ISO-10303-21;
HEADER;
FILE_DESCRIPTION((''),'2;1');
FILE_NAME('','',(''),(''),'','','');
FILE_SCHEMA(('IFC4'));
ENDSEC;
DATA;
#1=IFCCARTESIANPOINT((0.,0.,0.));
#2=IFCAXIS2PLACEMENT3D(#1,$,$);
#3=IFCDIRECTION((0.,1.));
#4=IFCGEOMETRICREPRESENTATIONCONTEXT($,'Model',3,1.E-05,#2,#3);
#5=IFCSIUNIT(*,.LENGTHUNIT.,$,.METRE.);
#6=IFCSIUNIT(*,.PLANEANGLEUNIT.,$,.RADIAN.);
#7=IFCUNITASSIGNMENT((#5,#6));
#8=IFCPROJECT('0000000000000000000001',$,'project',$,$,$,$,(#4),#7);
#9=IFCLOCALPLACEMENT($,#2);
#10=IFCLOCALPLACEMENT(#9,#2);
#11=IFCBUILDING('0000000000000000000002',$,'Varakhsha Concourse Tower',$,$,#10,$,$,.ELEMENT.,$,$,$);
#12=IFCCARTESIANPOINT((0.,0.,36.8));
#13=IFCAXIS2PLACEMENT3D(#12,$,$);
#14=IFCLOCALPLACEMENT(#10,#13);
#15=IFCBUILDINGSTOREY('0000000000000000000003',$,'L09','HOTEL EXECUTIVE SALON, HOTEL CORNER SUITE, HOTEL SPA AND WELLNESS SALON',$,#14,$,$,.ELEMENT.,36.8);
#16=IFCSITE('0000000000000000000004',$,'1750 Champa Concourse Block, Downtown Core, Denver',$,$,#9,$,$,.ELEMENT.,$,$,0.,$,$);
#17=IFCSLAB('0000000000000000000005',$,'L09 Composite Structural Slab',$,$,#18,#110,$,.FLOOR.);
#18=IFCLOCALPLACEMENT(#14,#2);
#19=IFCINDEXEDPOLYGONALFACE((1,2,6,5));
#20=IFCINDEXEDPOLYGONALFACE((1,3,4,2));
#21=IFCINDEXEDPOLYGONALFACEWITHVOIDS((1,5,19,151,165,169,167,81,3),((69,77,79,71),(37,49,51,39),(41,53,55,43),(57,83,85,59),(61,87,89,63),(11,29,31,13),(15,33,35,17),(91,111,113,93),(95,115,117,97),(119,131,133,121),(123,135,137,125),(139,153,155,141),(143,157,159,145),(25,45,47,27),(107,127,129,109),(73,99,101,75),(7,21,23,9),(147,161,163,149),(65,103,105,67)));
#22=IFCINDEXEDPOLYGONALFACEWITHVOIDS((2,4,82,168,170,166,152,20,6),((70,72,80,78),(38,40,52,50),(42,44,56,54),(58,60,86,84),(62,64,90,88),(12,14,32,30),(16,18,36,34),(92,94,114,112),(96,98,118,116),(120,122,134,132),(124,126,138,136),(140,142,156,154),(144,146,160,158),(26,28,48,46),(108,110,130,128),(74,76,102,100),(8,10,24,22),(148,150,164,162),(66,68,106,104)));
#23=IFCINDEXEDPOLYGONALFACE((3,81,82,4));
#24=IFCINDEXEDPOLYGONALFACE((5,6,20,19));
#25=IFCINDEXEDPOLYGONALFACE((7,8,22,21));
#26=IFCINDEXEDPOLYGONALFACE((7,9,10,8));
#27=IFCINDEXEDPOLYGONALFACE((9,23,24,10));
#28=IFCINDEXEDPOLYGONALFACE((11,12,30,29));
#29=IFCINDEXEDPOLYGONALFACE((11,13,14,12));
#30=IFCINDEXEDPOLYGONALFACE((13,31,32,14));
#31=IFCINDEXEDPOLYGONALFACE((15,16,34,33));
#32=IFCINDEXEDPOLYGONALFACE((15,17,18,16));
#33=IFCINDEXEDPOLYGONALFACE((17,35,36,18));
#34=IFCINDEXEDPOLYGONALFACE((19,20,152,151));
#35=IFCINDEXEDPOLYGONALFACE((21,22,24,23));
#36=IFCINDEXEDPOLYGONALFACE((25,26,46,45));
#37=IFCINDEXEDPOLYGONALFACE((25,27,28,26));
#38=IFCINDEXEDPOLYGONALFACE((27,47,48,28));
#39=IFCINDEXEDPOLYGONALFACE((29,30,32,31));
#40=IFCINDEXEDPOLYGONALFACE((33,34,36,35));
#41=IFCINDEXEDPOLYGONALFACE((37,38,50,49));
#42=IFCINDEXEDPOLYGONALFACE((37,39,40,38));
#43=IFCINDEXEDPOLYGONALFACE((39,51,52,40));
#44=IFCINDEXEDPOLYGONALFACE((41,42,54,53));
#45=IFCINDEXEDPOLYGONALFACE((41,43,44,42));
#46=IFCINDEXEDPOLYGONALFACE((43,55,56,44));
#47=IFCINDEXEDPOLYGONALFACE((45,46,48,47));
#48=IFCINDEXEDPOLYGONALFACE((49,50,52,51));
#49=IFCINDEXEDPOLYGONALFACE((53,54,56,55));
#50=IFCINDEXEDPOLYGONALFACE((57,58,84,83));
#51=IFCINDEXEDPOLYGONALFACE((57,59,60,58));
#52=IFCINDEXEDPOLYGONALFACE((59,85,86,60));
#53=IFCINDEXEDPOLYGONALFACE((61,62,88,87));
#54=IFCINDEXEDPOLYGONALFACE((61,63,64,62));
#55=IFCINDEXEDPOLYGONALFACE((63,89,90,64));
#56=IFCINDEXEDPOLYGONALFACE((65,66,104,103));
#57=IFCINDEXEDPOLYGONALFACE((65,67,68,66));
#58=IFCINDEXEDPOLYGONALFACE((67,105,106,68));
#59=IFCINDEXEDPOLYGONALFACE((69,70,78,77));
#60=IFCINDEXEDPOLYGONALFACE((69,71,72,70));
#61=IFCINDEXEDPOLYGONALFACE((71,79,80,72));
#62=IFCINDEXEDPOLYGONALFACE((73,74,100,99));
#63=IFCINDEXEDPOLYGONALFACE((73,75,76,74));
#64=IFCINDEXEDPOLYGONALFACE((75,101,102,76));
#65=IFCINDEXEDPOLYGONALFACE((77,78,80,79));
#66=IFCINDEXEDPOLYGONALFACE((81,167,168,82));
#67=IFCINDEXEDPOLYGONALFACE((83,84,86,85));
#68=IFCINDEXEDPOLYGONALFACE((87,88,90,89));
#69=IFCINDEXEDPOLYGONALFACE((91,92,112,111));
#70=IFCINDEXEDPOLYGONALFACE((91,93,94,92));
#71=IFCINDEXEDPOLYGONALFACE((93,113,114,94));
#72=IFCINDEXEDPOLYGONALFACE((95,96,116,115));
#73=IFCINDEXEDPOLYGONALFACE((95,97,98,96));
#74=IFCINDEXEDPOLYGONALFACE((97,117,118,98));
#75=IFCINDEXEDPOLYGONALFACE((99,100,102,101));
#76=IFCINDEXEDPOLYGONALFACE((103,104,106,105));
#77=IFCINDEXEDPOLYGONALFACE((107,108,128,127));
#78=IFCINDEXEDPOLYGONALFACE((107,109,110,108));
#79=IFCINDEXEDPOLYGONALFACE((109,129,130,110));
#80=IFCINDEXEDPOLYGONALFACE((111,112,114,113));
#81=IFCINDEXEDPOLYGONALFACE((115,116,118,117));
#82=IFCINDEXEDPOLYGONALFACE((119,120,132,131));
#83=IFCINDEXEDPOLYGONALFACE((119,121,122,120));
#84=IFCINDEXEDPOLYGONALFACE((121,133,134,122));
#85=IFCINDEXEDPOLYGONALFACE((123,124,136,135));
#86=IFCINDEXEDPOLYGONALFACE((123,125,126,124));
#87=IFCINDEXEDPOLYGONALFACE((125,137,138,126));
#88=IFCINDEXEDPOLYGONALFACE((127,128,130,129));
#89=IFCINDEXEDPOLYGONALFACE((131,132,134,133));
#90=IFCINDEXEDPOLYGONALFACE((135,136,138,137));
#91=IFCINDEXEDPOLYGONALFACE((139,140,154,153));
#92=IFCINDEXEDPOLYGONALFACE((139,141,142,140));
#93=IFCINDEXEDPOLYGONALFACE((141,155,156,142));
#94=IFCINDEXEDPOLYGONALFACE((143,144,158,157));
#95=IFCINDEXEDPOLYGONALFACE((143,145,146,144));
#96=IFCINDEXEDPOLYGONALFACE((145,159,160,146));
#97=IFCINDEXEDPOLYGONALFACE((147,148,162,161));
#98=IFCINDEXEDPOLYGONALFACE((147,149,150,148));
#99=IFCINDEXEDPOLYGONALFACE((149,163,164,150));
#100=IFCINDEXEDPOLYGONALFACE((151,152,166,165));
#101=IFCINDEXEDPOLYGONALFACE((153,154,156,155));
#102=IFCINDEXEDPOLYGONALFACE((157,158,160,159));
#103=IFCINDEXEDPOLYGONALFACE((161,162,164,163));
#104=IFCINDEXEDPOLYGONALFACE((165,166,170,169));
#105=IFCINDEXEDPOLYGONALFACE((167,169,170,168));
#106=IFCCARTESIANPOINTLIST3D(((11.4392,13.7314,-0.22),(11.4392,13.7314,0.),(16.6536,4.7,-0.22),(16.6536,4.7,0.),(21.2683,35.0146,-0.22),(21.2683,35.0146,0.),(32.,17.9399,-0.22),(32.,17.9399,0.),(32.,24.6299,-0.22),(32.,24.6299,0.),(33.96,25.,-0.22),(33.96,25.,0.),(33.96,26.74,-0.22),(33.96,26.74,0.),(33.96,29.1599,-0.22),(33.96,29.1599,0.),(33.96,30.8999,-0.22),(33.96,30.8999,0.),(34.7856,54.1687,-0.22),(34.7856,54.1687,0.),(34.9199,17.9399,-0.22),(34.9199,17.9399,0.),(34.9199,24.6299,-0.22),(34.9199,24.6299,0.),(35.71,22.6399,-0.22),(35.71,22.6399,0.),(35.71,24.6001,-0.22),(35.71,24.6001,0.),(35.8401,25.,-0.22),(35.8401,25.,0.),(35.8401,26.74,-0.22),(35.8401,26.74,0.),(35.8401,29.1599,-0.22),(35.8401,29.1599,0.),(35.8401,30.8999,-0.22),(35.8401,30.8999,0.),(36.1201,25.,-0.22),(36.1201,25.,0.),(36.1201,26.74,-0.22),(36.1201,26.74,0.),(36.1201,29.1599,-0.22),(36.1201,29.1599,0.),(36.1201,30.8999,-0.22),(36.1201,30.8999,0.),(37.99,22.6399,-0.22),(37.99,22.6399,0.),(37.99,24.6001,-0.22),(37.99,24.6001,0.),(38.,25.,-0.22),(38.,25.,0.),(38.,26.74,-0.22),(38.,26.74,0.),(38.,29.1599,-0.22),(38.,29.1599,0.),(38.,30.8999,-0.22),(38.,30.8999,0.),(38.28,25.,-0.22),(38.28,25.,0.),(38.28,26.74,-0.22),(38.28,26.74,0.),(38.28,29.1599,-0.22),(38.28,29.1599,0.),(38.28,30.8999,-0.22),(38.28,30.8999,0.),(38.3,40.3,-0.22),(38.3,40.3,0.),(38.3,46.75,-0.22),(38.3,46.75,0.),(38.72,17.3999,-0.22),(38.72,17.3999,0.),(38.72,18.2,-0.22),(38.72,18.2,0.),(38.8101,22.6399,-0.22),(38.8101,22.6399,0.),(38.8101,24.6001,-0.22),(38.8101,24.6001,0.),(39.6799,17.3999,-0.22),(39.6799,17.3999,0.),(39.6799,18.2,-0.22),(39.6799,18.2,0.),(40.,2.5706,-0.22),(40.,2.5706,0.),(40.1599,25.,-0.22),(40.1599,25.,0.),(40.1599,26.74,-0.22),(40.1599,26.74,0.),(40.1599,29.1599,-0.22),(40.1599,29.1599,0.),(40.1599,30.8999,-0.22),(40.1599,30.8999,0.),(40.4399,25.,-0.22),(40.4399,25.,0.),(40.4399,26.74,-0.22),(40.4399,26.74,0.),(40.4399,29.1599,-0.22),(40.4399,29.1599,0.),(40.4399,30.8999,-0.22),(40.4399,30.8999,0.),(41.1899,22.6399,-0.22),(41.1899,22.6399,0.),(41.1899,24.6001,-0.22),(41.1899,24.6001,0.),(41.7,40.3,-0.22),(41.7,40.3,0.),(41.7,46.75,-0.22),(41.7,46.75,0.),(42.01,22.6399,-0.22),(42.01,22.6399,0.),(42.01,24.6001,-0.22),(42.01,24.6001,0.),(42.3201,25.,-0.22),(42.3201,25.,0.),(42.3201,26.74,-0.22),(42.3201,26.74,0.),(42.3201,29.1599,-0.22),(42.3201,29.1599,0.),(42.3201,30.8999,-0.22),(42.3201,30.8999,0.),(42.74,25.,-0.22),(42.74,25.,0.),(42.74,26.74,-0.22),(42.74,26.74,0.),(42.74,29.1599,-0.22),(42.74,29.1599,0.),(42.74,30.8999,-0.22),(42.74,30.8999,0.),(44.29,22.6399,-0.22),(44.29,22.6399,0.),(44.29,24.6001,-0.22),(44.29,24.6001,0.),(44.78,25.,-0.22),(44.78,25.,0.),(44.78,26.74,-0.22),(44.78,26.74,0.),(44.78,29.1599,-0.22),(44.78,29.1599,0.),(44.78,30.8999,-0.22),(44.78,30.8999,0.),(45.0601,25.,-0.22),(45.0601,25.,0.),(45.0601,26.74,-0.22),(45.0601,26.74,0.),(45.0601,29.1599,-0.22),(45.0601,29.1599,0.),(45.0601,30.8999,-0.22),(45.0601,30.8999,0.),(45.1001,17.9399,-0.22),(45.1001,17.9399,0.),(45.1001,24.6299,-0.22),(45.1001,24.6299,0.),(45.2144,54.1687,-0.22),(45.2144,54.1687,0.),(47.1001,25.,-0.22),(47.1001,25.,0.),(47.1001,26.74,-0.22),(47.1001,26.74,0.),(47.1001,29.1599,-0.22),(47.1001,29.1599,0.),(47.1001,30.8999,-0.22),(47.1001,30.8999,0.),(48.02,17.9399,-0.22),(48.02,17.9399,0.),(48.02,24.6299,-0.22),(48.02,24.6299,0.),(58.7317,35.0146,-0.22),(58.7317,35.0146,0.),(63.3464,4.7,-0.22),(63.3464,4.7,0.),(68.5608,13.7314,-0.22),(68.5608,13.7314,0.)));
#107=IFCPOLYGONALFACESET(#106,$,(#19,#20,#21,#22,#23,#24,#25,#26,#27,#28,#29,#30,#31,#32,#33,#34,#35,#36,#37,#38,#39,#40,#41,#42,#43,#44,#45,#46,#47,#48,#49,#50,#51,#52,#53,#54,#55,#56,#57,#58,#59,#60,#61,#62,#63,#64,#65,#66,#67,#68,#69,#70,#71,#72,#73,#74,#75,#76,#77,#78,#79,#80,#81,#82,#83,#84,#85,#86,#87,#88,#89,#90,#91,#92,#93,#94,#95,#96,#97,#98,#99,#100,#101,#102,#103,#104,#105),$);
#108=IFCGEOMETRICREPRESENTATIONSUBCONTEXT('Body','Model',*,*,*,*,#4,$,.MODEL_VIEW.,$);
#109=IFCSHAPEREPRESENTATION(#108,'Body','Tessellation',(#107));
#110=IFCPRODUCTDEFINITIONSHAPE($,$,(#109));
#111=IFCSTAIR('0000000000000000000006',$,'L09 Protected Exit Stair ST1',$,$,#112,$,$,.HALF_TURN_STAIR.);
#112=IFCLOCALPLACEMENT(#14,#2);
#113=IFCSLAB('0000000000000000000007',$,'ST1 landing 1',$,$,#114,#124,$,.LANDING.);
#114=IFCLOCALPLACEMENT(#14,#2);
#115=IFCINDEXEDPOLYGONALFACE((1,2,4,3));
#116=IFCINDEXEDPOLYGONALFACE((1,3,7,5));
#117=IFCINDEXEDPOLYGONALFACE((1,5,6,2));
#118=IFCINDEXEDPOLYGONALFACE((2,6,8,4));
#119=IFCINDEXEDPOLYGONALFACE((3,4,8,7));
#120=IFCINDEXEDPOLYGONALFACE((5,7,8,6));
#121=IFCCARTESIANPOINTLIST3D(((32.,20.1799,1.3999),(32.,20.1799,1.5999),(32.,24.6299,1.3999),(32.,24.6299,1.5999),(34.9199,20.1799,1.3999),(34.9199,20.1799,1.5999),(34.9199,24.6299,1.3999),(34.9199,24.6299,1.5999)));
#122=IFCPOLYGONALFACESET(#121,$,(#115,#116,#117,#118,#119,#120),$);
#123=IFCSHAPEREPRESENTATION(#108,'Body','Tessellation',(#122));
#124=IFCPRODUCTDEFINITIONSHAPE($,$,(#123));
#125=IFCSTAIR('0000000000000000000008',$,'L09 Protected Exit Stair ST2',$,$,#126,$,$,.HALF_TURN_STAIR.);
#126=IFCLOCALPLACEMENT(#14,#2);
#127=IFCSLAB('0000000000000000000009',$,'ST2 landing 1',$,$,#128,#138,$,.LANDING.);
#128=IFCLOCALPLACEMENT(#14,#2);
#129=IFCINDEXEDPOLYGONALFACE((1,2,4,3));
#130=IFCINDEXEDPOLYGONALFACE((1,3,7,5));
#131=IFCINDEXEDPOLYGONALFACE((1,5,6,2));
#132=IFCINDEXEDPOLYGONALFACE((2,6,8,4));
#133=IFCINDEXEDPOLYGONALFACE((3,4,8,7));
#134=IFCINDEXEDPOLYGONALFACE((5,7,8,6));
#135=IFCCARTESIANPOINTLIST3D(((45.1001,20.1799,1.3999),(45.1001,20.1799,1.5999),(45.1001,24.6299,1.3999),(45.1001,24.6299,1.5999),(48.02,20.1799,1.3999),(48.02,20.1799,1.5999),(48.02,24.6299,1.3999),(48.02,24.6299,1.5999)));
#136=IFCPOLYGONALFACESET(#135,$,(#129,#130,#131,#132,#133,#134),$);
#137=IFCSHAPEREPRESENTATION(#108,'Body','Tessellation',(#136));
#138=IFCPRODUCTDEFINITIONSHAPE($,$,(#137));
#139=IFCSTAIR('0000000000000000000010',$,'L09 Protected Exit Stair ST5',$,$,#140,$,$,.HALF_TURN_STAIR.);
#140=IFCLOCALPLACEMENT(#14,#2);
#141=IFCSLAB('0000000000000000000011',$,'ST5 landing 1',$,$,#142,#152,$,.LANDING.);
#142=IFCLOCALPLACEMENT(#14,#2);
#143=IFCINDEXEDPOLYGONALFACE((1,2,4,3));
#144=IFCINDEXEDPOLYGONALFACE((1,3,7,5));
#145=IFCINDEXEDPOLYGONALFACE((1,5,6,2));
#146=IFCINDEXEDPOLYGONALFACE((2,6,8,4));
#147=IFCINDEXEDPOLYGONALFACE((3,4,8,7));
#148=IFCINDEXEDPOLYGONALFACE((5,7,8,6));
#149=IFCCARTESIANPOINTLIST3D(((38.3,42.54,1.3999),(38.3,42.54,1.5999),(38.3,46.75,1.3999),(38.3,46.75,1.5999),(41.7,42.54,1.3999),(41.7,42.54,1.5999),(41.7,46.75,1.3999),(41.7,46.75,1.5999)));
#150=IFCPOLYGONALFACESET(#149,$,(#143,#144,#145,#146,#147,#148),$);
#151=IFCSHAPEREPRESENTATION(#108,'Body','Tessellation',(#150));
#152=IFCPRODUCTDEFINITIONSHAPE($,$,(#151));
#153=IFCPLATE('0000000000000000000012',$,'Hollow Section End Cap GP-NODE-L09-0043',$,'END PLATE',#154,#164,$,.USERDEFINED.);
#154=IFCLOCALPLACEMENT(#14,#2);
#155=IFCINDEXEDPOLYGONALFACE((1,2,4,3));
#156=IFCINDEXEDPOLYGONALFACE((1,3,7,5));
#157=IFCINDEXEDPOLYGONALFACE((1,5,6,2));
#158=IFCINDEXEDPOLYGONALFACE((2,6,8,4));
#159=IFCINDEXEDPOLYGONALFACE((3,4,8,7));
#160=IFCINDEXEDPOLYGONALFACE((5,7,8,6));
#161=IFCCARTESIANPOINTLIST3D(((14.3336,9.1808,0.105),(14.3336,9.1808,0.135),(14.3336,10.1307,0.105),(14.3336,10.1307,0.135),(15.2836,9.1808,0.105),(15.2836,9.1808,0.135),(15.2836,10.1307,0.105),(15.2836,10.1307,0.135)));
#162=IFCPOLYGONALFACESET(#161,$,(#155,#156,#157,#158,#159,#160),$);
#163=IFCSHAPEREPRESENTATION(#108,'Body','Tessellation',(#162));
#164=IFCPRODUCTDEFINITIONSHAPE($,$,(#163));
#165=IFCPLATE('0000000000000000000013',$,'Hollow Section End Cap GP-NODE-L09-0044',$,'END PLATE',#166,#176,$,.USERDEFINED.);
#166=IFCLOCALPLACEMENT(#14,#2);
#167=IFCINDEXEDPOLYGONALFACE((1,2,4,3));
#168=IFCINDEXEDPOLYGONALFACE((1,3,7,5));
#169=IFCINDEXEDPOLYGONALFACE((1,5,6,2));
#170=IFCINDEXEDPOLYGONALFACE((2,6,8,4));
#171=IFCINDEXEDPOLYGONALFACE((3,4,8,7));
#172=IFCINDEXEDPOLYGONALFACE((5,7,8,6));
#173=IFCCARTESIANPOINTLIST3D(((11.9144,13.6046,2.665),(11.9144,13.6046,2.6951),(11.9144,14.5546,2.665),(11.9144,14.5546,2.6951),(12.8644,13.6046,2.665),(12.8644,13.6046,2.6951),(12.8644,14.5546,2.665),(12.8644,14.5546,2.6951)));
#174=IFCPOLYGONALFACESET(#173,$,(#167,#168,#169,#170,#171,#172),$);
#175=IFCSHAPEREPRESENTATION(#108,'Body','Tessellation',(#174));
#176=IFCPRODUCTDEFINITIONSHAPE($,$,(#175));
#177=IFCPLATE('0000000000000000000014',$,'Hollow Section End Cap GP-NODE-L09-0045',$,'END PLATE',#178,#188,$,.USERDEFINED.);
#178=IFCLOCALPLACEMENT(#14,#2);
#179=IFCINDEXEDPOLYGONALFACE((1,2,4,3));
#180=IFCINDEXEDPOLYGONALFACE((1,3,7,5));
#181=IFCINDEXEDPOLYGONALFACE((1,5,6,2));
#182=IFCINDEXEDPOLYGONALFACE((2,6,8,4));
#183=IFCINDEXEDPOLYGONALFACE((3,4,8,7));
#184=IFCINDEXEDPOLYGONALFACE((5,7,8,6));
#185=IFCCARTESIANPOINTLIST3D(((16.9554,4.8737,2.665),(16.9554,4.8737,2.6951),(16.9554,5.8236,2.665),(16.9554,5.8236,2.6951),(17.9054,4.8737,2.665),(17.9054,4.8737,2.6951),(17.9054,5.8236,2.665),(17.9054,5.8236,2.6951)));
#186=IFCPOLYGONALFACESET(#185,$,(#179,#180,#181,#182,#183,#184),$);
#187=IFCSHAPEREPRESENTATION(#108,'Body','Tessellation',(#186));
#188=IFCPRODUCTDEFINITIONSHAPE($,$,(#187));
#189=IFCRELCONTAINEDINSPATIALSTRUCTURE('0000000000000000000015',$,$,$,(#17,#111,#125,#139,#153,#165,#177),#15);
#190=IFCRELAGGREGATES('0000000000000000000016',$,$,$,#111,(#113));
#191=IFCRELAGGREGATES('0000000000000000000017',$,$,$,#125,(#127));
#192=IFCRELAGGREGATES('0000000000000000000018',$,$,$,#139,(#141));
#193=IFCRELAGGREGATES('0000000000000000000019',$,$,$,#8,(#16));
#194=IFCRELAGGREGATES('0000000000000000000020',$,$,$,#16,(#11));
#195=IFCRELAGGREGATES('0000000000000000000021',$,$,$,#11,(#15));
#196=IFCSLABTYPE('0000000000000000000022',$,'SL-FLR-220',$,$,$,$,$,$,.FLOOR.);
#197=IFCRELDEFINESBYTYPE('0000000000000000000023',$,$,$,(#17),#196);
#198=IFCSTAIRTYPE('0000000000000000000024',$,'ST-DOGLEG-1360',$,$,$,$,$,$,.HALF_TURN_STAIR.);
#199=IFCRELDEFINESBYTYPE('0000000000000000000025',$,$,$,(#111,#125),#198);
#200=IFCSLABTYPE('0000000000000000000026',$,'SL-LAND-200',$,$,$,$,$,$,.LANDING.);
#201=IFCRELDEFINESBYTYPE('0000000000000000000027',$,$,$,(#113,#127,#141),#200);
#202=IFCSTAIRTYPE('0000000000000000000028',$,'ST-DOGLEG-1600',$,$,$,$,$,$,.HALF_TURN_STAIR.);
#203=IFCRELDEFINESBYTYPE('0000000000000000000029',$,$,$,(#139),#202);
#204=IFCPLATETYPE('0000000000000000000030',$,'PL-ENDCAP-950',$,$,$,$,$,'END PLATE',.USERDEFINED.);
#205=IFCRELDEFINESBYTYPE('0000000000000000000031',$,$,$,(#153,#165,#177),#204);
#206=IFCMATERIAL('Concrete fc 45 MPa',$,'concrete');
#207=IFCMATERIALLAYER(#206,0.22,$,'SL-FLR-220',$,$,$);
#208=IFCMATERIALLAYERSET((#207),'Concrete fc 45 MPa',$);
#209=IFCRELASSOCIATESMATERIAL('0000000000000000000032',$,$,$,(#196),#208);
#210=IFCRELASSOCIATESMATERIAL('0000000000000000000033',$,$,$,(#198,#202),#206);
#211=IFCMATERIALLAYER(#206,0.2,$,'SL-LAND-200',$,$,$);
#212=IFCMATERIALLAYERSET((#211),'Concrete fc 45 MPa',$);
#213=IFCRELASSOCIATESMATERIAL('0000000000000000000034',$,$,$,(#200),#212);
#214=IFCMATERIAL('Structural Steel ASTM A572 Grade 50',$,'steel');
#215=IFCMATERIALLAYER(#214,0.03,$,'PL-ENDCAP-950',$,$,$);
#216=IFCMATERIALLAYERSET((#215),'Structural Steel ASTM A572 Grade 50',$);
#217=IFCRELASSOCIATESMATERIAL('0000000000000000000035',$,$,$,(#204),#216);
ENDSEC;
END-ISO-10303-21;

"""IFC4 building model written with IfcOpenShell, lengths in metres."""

from ifc_helpers import new_model, si_unit, direction, frame, origin, origin_2d, place, context, subcontext, project, spatial, polyline, rectangle, outline, extrude, source, transform, mapped, material, layer, layer_set, type_object, type_shapes, element, aggregate, save


model = new_model("IFC4")

# Units and contexts
model_context = context("Model", 3, precision=1e-05, world=origin(), true_north=direction((0.0, 1.0)))
body_context = subcontext(model_context, "Body", "Model", "MODEL_VIEW")
ifc_project = project(units=[si_unit("LENGTHUNIT", "METRE"), si_unit("PLANEANGLEUNIT", "RADIAN")], contexts=[model_context])

# Site, building, storey
site_placement = place(None, origin())
site = spatial("IfcSite", under=ifc_project, at=site_placement, Name="1750 Champa Concourse Block, Downtown Core, Denver", CompositionType="ELEMENT", RefElevation=0.0)
building_placement = place(site_placement, origin())
building = spatial("IfcBuilding", under=site, at=building_placement, Name="Varakhsha Concourse Tower", CompositionType="ELEMENT")
storey_placement = place(building_placement, frame((0.0, 0.0, 36.8)))
storey = spatial("IfcBuildingStorey", under=building, at=storey_placement, Name="L09", Description="HOTEL EXECUTIVE SALON, HOTEL CORNER SUITE, HOTEL SPA AND WELLNESS SALON", CompositionType="ELEMENT", Elevation=36.8)

# Shared definitions
ifc_material_1 = material(Name="Structural Steel ASTM A572 Grade 50", Category="steel")

# Slab
ifc_material_2 = material(Name="Concrete fc 45 MPa", Category="concrete")
ifc_layer_1 = layer(ifc_material_2, 0.22, Name="SL-FLR-220")
ifc_layer_set_1 = layer_set([ifc_layer_1], Name="Concrete fc 45 MPa")
slab_type_1 = type_object("IfcSlabType", Name="SL-FLR-220", PredefinedType="FLOOR", material=ifc_layer_set_1)
slab_1_placement = place(storey_placement, frame((0.0, 0.0, -0.22)))
element("IfcSlab", 1, at=slab_1_placement, inside=storey, type_object=slab_type_1, Name="L09 Composite Structural Slab", PredefinedType="FLOOR", context=body_context, shape_type="SweptSolid", body=[
    extrude(outline(polyline([(45.2144, 54.1687), (34.7856, 54.1687), (21.2683, 35.0146), (11.4392, 13.7314), (16.6536, 4.7), (40.0, 2.5706), (63.3464, 4.7), (68.5608, 13.7314), (58.7317, 35.0146), (45.2144, 54.1687)]), holes=[polyline([(34.9199, 17.9399), (34.9199, 24.6299), (32.0, 24.6299), (32.0, 17.9399), (34.9199, 17.9399)]), polyline([(48.02, 17.9399), (48.02, 24.6299), (45.1001, 24.6299), (45.1001, 17.9399), (48.02, 17.9399)]), polyline([(41.7, 40.3), (41.7, 46.75), (38.3, 46.75), (38.3, 40.3), (41.7, 40.3)]), polyline([(33.96, 29.1599), (35.8401, 29.1599), (35.8401, 30.8999), (33.96, 30.8999), (33.96, 29.1599)]), polyline([(36.1201, 29.1599), (38.0, 29.1599), (38.0, 30.8999), (36.1201, 30.8999), (36.1201, 29.1599)]), polyline([(38.28, 29.1599), (40.1599, 29.1599), (40.1599, 30.8999), (38.28, 30.8999), (38.28, 29.1599)]), polyline([(40.4399, 29.1599), (42.3201, 29.1599), (42.3201, 30.8999), (40.4399, 30.8999), (40.4399, 29.1599)]), polyline([(33.96, 25.0), (35.8401, 25.0), (35.8401, 26.74), (33.96, 26.74), (33.96, 25.0)]), polyline([(36.1201, 25.0), (38.0, 25.0), (38.0, 26.74), (36.1201, 26.74), (36.1201, 25.0)]), polyline([(38.28, 25.0), (40.1599, 25.0), (40.1599, 26.74), (38.28, 26.74), (38.28, 25.0)]), polyline([(40.4399, 25.0), (42.3201, 25.0), (42.3201, 26.74), (40.4399, 26.74), (40.4399, 25.0)]), polyline([(42.74, 29.1599), (44.78, 29.1599), (44.78, 30.8999), (42.74, 30.8999), (42.74, 29.1599)]), polyline([(45.0601, 29.1599), (47.1001, 29.1599), (47.1001, 30.8999), (45.0601, 30.8999), (45.0601, 29.1599)]), polyline([(42.74, 25.0), (44.78, 25.0), (44.78, 26.74), (42.74, 26.74), (42.74, 25.0)]), polyline([(45.0601, 25.0), (47.1001, 25.0), (47.1001, 26.74), (45.0601, 26.74), (45.0601, 25.0)]), polyline([(35.71, 22.6399), (37.99, 22.6399), (37.99, 24.6001), (35.71, 24.6001), (35.71, 22.6399)]), polyline([(42.01, 22.6399), (44.29, 22.6399), (44.29, 24.6001), (42.01, 24.6001), (42.01, 22.6399)]), polyline([(38.8101, 22.6399), (41.1899, 22.6399), (41.1899, 24.6001), (38.8101, 24.6001), (38.8101, 22.6399)]), polyline([(38.72, 17.3999), (39.6799, 17.3999), (39.6799, 18.2), (38.72, 18.2), (38.72, 17.3999)])]), origin(), (0.0, 0.0, 1.0), 0.22),
])

# Stairs, slabs
stair_type_1 = type_object("IfcStairType", Name="ST-DOGLEG-1360", PredefinedType="HALF_TURN_STAIR", material=ifc_material_2)
stair_1_placement = place(storey_placement, origin())
stair_1 = element("IfcStair", 2, at=stair_1_placement, inside=storey, type_object=stair_type_1, Name="L09 Protected Exit Stair ST1", PredefinedType="HALF_TURN_STAIR")
ifc_layer_2 = layer(ifc_material_2, 0.2, Name="SL-LAND-200")
ifc_layer_set_2 = layer_set([ifc_layer_2], Name="Concrete fc 45 MPa")
slab_type_2 = type_object("IfcSlabType", Name="SL-LAND-200", PredefinedType="LANDING", material=ifc_layer_set_2)
slab_2_placement = place(storey_placement, frame((0.0, 0.0, 1.3999)))
slab_2 = element("IfcSlab", 3, at=slab_2_placement, type_object=slab_type_2, Name="ST1 landing 1", PredefinedType="LANDING", context=body_context, shape_type="SweptSolid", body=[
    extrude(outline(polyline([(34.9199, 20.1799), (34.9199, 24.6299), (32.0, 24.6299), (32.0, 20.1799), (34.9199, 20.1799)])), origin(), (0.0, 0.0, 1.0), 0.2),
])
aggregate(stair_1, [slab_2])
stair_2_placement = place(storey_placement, origin())
stair_2 = element("IfcStair", 4, at=stair_2_placement, inside=storey, type_object=stair_type_1, Name="L09 Protected Exit Stair ST2", PredefinedType="HALF_TURN_STAIR")
slab_3_placement = place(storey_placement, frame((0.0, 0.0, 1.3999)))
slab_3 = element("IfcSlab", 5, at=slab_3_placement, type_object=slab_type_2, Name="ST2 landing 1", PredefinedType="LANDING", context=body_context, shape_type="SweptSolid", body=[
    extrude(outline(polyline([(48.02, 20.1799), (48.02, 24.6299), (45.1001, 24.6299), (45.1001, 20.1799), (48.02, 20.1799)])), origin(), (0.0, 0.0, 1.0), 0.2),
])
aggregate(stair_2, [slab_3])
stair_type_2 = type_object("IfcStairType", Name="ST-DOGLEG-1600", PredefinedType="HALF_TURN_STAIR", material=ifc_material_2)
stair_3_placement = place(storey_placement, origin())
stair_3 = element("IfcStair", 6, at=stair_3_placement, inside=storey, type_object=stair_type_2, Name="L09 Protected Exit Stair ST5", PredefinedType="HALF_TURN_STAIR")
slab_4_placement = place(storey_placement, frame((0.0, 0.0, 1.3999)))
slab_4 = element("IfcSlab", 7, at=slab_4_placement, type_object=slab_type_2, Name="ST5 landing 1", PredefinedType="LANDING", context=body_context, shape_type="SweptSolid", body=[
    extrude(outline(polyline([(41.7, 42.54), (41.7, 46.75), (38.3, 46.75), (38.3, 42.54), (41.7, 42.54)])), origin(), (0.0, 0.0, 1.0), 0.2),
])
aggregate(stair_3, [slab_4])

# Plates
ifc_layer_3 = layer(ifc_material_1, 0.03, Name="PL-ENDCAP-950")
ifc_layer_set_3 = layer_set([ifc_layer_3], Name="Structural Steel ASTM A572 Grade 50")
plate_type_1 = type_object("IfcPlateType", Name="PL-ENDCAP-950", ElementType="END PLATE", PredefinedType="USERDEFINED", material=ifc_layer_set_3)
shared_shape_1 = source(origin(), body_context, "Body", "SweptSolid", [
    extrude(rectangle(XDim=0.95, YDim=0.95, at=origin_2d()), origin(), (0.0, 0.0, 1.0), 0.03),
])
type_shapes(plate_type_1, [shared_shape_1])
for number, where, z_axis, x_axis, name in (
    (8, (14.8086, 9.6558, 0.105), (0.0, 0.0, 1.0), (1.0, 0.0, 0.0), "Hollow Section End Cap GP-NODE-L09-0043"),
    (9, (12.3894, 14.0796, 2.665), (0.0, 0.0, 1.0), (1.0, 0.0, 0.0), "Hollow Section End Cap GP-NODE-L09-0044"),
    (10, (17.4304, 5.3486, 2.665), (0.0, 0.0, 1.0), (1.0, 0.0, 0.0), "Hollow Section End Cap GP-NODE-L09-0045"),
):
    element("IfcPlate", number, at=place(storey_placement, frame(where, z_axis=z_axis, x_axis=x_axis)), inside=storey, type_object=plate_type_1, Name=name, ObjectType="END PLATE", PredefinedType="USERDEFINED", context=body_context, shape_type="MappedRepresentation", body=[
        mapped(shared_shape_1, transform((0.0, 0.0, 0.0), scale=1.0)),
    ])

save(model, "model.ifc")
